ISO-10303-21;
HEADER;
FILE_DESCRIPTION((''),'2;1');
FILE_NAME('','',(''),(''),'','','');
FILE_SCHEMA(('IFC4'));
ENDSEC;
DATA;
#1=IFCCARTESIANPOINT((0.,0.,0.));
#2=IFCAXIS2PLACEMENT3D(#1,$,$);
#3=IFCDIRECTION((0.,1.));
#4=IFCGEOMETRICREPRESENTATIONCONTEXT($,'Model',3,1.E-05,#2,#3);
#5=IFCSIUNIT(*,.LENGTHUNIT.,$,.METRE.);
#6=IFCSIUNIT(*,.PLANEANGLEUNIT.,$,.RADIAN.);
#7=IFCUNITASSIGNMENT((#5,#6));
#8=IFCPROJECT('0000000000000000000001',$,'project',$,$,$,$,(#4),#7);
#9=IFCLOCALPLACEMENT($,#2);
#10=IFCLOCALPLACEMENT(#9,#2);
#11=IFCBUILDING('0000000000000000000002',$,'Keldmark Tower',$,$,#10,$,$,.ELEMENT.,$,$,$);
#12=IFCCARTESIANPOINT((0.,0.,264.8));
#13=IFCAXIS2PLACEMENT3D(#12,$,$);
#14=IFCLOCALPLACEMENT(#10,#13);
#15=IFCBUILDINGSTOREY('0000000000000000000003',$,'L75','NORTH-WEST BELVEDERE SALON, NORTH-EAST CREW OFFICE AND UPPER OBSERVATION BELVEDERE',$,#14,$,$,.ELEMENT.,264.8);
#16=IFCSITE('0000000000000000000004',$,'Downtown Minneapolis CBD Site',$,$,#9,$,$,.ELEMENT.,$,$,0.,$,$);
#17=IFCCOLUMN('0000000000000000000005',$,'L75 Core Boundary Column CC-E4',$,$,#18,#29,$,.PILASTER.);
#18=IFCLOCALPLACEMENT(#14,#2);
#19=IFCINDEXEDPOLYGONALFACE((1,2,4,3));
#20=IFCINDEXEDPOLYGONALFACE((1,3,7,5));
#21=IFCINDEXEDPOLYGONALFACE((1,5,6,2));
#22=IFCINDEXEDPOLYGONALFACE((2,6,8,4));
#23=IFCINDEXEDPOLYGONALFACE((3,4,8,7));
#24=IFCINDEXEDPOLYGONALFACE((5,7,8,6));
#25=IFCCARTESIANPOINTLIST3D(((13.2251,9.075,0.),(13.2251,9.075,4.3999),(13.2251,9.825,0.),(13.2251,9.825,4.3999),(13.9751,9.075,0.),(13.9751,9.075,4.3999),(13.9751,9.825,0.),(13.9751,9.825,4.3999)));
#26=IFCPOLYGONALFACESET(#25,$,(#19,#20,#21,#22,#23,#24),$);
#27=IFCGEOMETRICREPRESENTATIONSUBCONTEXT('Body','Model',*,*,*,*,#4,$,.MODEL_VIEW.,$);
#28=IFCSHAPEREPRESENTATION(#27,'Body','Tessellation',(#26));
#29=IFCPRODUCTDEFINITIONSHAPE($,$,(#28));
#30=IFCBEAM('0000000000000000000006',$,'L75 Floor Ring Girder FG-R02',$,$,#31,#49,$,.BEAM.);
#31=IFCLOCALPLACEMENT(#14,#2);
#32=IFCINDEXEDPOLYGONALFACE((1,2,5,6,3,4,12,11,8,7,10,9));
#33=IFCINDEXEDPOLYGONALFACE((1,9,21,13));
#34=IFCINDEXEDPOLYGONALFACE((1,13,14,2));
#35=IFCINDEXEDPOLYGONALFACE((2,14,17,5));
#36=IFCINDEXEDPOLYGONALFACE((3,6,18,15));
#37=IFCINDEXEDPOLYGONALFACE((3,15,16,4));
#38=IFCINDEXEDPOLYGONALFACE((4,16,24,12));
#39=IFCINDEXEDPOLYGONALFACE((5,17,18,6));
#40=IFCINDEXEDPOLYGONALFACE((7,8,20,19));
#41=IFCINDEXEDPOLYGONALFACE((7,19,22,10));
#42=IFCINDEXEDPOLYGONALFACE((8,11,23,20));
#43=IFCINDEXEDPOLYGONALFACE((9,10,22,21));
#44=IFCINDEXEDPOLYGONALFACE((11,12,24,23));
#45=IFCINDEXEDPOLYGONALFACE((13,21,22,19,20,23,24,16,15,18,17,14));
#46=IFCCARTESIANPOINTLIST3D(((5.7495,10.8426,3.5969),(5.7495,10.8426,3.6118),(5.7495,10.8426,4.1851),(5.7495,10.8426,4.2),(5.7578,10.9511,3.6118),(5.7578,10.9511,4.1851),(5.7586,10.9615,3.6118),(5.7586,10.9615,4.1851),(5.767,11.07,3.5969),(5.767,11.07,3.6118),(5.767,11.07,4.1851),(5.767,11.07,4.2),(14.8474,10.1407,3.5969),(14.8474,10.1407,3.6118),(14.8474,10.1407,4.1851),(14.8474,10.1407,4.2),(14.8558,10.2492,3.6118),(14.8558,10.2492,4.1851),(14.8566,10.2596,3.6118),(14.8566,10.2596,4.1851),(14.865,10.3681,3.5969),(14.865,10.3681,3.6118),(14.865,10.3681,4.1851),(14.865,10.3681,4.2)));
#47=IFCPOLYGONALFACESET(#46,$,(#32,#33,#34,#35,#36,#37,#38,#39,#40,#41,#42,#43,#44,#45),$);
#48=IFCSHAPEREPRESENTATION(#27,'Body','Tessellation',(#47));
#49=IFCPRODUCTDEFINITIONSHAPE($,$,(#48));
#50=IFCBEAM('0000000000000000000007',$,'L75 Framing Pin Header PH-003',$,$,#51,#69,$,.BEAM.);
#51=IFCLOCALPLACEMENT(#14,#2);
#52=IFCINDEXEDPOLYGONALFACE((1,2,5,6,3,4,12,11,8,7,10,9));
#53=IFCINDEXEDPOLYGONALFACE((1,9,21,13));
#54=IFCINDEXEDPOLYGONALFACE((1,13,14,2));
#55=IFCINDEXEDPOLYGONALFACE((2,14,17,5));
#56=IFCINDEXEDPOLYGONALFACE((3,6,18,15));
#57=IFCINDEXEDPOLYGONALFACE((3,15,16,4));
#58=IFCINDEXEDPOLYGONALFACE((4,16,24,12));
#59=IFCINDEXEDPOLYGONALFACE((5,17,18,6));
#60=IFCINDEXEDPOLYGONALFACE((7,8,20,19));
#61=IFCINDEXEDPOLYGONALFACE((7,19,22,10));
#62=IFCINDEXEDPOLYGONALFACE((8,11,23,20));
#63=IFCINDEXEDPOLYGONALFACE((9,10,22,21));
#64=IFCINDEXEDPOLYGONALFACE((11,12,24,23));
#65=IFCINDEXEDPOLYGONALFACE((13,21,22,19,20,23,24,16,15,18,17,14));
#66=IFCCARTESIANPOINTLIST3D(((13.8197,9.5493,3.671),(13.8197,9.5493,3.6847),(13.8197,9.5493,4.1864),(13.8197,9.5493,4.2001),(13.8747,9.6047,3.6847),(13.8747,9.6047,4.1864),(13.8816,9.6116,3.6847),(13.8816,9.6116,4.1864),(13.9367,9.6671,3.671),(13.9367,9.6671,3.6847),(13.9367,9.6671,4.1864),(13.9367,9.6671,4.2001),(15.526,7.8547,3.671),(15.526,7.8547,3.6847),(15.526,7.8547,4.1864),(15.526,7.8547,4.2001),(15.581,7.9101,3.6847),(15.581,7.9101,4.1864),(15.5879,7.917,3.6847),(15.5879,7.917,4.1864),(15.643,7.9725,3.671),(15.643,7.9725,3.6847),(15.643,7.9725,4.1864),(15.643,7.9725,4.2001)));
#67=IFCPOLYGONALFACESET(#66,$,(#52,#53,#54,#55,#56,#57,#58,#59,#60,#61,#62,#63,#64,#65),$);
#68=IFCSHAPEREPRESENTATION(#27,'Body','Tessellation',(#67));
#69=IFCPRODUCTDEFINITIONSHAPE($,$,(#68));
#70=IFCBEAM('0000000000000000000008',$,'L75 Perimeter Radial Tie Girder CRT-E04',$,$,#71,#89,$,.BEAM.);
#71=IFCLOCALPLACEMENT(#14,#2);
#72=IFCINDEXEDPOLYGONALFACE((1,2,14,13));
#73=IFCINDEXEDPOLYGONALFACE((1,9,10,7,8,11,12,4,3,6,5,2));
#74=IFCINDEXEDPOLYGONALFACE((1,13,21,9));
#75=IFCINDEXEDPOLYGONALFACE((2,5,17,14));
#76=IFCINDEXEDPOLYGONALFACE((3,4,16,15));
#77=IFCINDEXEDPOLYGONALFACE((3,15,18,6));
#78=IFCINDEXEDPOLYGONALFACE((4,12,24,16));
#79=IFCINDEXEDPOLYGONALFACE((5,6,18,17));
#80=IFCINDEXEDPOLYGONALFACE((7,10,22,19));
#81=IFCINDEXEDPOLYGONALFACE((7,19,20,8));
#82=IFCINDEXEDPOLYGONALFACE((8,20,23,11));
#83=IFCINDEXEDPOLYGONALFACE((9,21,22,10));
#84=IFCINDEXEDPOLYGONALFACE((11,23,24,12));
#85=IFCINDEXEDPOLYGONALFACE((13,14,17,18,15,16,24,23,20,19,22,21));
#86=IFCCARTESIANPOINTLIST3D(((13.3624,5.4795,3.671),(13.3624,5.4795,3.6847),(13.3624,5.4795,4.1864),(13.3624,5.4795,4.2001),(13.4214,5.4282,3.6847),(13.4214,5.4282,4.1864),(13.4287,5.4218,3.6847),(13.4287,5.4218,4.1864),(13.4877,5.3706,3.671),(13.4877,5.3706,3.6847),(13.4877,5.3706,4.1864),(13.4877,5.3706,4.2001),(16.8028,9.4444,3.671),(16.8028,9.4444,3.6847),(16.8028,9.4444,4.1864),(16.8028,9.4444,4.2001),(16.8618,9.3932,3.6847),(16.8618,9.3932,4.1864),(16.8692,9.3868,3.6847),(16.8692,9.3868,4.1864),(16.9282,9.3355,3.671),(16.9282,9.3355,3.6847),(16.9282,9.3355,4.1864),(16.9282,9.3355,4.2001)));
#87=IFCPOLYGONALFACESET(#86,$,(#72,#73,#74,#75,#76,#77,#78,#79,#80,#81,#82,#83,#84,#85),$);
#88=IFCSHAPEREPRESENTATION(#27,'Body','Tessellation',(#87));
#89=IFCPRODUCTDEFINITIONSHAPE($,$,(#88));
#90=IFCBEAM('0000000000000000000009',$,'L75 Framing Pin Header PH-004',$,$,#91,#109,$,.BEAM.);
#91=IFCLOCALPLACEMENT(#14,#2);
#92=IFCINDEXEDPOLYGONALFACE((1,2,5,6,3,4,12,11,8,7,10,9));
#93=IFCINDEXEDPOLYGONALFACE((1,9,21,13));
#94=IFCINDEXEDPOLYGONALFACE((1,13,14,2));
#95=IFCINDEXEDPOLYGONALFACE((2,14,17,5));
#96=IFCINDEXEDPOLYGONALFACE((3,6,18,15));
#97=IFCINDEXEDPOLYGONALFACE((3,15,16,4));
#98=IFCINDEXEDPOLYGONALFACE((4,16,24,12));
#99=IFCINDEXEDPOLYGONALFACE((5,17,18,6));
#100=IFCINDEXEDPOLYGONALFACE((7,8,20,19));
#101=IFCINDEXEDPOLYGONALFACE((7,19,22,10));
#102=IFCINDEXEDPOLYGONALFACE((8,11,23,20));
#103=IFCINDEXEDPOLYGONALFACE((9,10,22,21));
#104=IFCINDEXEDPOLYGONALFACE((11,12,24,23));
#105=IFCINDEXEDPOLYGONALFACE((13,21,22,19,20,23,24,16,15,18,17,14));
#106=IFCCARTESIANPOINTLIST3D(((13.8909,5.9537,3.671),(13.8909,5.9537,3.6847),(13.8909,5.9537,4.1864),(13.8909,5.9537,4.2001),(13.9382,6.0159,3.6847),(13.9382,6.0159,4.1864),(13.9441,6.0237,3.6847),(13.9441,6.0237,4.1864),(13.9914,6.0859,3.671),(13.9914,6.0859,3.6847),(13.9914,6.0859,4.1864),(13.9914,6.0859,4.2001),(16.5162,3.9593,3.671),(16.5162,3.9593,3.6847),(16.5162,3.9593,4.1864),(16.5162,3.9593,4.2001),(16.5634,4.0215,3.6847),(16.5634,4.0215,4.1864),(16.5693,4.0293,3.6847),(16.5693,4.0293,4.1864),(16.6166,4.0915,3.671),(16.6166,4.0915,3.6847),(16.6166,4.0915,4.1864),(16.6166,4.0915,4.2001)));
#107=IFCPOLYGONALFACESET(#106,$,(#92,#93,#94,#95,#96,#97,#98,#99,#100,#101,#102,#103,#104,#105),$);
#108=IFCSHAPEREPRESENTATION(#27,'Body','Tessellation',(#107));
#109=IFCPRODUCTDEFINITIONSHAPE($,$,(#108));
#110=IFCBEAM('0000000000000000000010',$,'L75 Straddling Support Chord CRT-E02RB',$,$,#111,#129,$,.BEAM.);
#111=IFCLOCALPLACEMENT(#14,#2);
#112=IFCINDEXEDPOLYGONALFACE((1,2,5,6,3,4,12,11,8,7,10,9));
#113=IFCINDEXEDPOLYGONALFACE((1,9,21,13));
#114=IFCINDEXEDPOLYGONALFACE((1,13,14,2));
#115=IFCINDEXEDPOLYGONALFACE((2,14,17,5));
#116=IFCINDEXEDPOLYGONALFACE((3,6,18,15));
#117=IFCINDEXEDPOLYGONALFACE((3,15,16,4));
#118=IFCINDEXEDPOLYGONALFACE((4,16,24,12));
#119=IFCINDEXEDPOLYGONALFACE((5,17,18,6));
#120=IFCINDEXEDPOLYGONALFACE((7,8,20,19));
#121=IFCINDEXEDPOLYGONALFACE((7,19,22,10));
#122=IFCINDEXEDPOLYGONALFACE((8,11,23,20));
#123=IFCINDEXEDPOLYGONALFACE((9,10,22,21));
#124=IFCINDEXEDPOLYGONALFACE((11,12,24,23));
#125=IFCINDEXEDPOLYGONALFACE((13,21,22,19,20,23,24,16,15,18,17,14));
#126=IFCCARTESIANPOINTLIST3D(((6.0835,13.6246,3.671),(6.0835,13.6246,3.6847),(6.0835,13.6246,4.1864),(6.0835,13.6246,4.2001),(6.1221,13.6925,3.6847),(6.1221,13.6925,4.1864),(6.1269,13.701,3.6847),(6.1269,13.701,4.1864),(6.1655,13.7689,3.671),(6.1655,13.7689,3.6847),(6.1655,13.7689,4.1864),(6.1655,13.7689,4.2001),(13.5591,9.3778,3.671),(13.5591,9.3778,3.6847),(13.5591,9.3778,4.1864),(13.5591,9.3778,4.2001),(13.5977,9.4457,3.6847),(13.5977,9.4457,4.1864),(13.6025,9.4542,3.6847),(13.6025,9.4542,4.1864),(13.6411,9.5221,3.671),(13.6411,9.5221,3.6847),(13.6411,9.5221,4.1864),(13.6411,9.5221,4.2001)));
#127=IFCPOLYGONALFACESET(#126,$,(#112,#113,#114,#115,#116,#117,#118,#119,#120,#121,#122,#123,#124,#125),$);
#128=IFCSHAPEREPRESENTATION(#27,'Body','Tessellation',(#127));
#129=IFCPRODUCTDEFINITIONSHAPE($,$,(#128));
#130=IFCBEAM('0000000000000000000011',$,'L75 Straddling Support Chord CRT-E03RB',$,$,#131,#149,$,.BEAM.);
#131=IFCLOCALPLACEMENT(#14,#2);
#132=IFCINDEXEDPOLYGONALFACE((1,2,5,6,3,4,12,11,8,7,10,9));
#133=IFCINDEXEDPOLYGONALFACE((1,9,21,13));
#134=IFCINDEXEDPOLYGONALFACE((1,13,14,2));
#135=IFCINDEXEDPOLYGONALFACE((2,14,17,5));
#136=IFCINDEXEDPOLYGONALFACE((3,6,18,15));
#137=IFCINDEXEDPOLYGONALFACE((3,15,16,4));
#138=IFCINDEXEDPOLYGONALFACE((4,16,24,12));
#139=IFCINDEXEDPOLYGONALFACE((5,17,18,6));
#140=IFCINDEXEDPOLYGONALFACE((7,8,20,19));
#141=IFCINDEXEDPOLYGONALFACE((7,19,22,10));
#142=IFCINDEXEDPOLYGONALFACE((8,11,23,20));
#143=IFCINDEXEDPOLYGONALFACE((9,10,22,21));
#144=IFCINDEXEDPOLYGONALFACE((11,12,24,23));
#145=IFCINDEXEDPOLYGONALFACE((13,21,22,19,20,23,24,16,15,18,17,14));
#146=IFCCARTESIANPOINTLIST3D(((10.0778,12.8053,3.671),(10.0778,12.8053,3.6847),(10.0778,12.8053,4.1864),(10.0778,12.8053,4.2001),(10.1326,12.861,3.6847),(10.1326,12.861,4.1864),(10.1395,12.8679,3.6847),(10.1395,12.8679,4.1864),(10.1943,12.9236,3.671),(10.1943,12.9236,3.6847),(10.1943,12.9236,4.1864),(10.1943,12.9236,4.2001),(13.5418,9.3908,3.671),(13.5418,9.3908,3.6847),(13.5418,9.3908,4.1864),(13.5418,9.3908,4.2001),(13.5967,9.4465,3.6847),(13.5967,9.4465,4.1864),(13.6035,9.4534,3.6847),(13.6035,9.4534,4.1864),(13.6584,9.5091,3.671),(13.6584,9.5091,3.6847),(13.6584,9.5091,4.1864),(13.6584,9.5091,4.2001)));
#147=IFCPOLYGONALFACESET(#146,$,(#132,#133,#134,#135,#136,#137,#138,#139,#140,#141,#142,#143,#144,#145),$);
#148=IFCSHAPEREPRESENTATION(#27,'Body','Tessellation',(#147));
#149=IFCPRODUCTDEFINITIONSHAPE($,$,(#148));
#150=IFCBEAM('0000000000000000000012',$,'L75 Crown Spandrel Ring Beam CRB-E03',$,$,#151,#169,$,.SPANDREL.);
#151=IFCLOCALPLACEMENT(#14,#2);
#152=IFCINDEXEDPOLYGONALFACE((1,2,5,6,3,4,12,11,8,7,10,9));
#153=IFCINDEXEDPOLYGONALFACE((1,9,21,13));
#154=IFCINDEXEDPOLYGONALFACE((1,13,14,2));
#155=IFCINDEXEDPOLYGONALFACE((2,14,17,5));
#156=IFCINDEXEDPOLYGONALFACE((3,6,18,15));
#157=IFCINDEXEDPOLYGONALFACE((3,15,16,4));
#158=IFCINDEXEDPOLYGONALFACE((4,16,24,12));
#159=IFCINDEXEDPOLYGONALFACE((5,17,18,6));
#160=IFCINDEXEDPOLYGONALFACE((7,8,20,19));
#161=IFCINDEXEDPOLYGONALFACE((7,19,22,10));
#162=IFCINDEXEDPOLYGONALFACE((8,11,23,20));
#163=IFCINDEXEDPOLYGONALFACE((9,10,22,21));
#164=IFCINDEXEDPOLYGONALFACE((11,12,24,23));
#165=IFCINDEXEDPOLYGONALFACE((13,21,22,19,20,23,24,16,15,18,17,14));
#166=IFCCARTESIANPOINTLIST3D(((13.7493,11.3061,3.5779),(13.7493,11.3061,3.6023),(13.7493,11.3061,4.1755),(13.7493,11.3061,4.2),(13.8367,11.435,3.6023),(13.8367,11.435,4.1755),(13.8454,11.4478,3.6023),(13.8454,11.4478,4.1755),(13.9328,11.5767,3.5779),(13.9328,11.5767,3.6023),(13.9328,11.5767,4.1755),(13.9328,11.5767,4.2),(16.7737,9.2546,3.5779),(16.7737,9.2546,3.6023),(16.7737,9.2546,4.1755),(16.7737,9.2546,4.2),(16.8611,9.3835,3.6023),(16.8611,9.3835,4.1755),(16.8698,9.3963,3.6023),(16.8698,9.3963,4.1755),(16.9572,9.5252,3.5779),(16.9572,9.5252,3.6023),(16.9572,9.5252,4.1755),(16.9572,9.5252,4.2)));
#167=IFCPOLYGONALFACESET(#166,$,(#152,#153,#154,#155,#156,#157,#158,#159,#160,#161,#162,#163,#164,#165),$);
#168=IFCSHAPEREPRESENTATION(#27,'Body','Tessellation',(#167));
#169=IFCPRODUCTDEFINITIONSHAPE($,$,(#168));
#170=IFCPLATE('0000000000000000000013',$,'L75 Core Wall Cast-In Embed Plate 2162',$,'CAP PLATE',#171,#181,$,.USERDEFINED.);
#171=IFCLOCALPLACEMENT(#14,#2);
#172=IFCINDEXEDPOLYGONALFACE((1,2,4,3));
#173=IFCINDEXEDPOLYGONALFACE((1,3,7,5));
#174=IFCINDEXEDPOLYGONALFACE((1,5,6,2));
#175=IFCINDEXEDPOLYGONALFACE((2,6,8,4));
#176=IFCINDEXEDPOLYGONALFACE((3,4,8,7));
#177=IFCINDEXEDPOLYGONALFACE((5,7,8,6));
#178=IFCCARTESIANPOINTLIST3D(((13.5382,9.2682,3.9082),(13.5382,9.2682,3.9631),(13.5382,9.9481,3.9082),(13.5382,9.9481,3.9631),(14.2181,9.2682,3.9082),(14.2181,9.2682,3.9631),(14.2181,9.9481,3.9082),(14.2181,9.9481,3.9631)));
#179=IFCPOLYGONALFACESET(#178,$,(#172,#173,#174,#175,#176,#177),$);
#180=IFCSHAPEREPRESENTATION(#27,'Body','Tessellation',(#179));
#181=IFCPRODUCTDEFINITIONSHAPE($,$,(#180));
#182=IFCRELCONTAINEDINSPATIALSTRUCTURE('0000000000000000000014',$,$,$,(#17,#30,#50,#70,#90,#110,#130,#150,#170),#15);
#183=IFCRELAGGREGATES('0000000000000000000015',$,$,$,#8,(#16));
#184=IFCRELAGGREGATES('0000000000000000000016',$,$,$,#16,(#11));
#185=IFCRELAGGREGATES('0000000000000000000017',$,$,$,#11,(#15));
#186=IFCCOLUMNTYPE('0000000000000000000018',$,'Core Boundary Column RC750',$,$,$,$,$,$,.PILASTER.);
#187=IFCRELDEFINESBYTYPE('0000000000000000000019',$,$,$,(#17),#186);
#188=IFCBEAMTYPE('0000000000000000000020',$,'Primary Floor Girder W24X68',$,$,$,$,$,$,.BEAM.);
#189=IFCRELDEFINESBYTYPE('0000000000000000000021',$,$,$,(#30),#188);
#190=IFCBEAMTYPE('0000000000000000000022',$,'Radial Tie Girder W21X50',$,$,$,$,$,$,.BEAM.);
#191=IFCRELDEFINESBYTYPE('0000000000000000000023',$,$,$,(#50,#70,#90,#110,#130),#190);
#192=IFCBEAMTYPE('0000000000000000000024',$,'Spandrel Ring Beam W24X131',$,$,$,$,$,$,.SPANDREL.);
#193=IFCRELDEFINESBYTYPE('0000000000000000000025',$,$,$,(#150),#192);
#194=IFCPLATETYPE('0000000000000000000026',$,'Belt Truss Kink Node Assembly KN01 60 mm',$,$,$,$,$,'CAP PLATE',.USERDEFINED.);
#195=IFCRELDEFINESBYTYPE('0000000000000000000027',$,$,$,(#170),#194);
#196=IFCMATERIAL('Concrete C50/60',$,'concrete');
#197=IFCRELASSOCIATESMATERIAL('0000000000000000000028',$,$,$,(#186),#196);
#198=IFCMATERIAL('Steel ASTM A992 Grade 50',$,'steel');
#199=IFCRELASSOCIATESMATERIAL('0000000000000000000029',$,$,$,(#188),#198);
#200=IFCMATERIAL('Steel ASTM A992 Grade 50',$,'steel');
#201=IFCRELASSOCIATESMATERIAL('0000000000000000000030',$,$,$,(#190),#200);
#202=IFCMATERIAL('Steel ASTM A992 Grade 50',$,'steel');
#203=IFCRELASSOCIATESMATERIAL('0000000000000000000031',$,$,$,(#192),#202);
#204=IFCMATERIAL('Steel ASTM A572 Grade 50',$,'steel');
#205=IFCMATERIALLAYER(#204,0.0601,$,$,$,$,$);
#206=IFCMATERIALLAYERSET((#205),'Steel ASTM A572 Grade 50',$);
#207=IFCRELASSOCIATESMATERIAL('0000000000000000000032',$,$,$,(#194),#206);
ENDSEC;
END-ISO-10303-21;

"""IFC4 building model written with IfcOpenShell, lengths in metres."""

from ifc_helpers import new_model, si_unit, direction, frame, origin, origin_2d, place, context, subcontext, project, spatial, rectangle, i_section, extrude, material, layer, layer_set, material_profile, profile_set, type_object, element, save


model = new_model("IFC4")

# Units and contexts
model_context = context("Model", 3, precision=1e-05, world=origin(), true_north=direction((0.0, 1.0)))
body_context = subcontext(model_context, "Body", "Model", "MODEL_VIEW")
ifc_project = project(units=[si_unit("LENGTHUNIT", "METRE"), si_unit("PLANEANGLEUNIT", "RADIAN")], contexts=[model_context])

# Site, building, storey
site_placement = place(None, origin())
site = spatial("IfcSite", under=ifc_project, at=site_placement, Name="Downtown Minneapolis CBD Site", CompositionType="ELEMENT", RefElevation=0.0)
building_placement = place(site_placement, origin())
building = spatial("IfcBuilding", under=site, at=building_placement, Name="Keldmark Tower", CompositionType="ELEMENT")
storey_placement = place(building_placement, frame((0.0, 0.0, 264.8)))
storey = spatial("IfcBuildingStorey", under=building, at=storey_placement, Name="L75", Description="NORTH-WEST BELVEDERE SALON, NORTH-EAST CREW OFFICE AND UPPER OBSERVATION BELVEDERE", CompositionType="ELEMENT", Elevation=264.8)

# Column
ifc_material_1 = material(Name="Concrete C50/60", Category="concrete")
ifc_material_profile_1 = material_profile(ifc_material_1, rectangle(XDim=0.75, YDim=0.75, at=origin_2d()), Name="RC750X750")
ifc_profile_set_1 = profile_set([ifc_material_profile_1], Name="Concrete C50/60")
column_type = type_object("IfcColumnType", Name="Core Boundary Column RC750", PredefinedType="PILASTER", material=ifc_profile_set_1)
column_placement = place(storey_placement, frame((13.6001, 9.45, 0.0), z_axis=(0.0, 0.0, 1.0), x_axis=(1.0, 0.0, 0.0)))
element("IfcColumn", 1, at=column_placement, inside=storey, type_object=column_type, Name="L75 Core Boundary Column CC-E4", PredefinedType="PILASTER", context=body_context, shape_type="SweptSolid", body=[
    extrude(rectangle(XDim=0.75, YDim=0.75, at=origin_2d()), origin(), (0.0, 0.0, 1.0), 4.3999),
])

# Beams
ifc_material_2 = material(Name="Steel ASTM A992 Grade 50", Category="steel")
ifc_material_profile_2 = material_profile(ifc_material_2, i_section(OverallWidth=0.228, OverallDepth=0.603, WebThickness=0.0105, FlangeThickness=0.0149, at=origin_2d()), Name="W24X68")
ifc_profile_set_2 = profile_set([ifc_material_profile_2], Name="Steel ASTM A992 Grade 50")
beam_type_1 = type_object("IfcBeamType", Name="Primary Floor Girder W24X68", PredefinedType="BEAM", material=ifc_profile_set_2)
beam_1_placement = place(storey_placement, frame((14.8562, 10.2544, 3.8984), z_axis=(-0.997037, 0.076922, 0.0), x_axis=(-0.076922, -0.997037, 0.0)))
element("IfcBeam", 2, at=beam_1_placement, inside=storey, type_object=beam_type_1, Name="L75 Floor Ring Girder FG-R02", PredefinedType="BEAM", context=body_context, shape_type="SweptSolid", body=[
    extrude(i_section(OverallWidth=0.228, OverallDepth=0.603, WebThickness=0.0105, FlangeThickness=0.0149, at=origin_2d()), origin(), (0.0, 0.0, 1.0), 9.125),
])
ifc_material_3 = material(Name="Steel ASTM A992 Grade 50", Category="steel")
ifc_material_profile_3 = material_profile(ifc_material_3, i_section(OverallWidth=0.166, OverallDepth=0.5291, WebThickness=0.0098, FlangeThickness=0.0137, at=origin_2d()), Name="W21X50")
ifc_profile_set_3 = profile_set([ifc_material_profile_3], Name="Steel ASTM A992 Grade 50")
beam_type_2 = type_object("IfcBeamType", Name="Radial Tie Girder W21X50", PredefinedType="BEAM", material=ifc_profile_set_3)
beam_2_placement = place(storey_placement, frame((13.8782, 9.6082, 3.9355), z_axis=(0.709539, -0.704666, 0.0), x_axis=(0.704666, 0.709539, 0.0)))
element("IfcBeam", 3, at=beam_2_placement, inside=storey, type_object=beam_type_2, Name="L75 Framing Pin Header PH-003", PredefinedType="BEAM", context=body_context, shape_type="SweptSolid", body=[
    extrude(i_section(OverallWidth=0.166, OverallDepth=0.5291, WebThickness=0.0098, FlangeThickness=0.0137, at=origin_2d()), origin(), (0.0, 0.0, 1.0), 2.4048),
])
beam_3_placement = place(storey_placement, frame((13.425, 5.425, 3.9355), z_axis=(0.655391, 0.75529, 0.0), x_axis=(-0.75529, 0.655391, 0.0)))
element("IfcBeam", 4, at=beam_3_placement, inside=storey, type_object=beam_type_2, Name="L75 Perimeter Radial Tie Girder CRT-E04", PredefinedType="BEAM", context=body_context, shape_type="SweptSolid", body=[
    extrude(i_section(OverallWidth=0.166, OverallDepth=0.5291, WebThickness=0.0098, FlangeThickness=0.0137, at=origin_2d()), origin(), (0.0, 0.0, 1.0), 5.2495),
])
beam_4_placement = place(storey_placement, frame((13.9412, 6.0198, 3.9355), z_axis=(0.796279, -0.604929, 0.0), x_axis=(0.604929, 0.796279, 0.0)))
element("IfcBeam", 5, at=beam_4_placement, inside=storey, type_object=beam_type_2, Name="L75 Framing Pin Header PH-004", PredefinedType="BEAM", context=body_context, shape_type="SweptSolid", body=[
    extrude(i_section(OverallWidth=0.166, OverallDepth=0.5291, WebThickness=0.0098, FlangeThickness=0.0137, at=origin_2d()), origin(), (0.0, 0.0, 1.0), 3.2969),
])
beam_5_placement = place(storey_placement, frame((13.6001, 9.45, 3.9355), z_axis=(-0.86949, 0.493951, 0.0), x_axis=(-0.493951, -0.86949, 0.0)))
element("IfcBeam", 6, at=beam_5_placement, inside=storey, type_object=beam_type_2, Name="L75 Straddling Support Chord CRT-E02RB", PredefinedType="BEAM", context=body_context, shape_type="SweptSolid", body=[
    extrude(i_section(OverallWidth=0.166, OverallDepth=0.5291, WebThickness=0.0098, FlangeThickness=0.0137, at=origin_2d()), origin(), (0.0, 0.0, 1.0), 8.5977),
])
beam_6_placement = place(storey_placement, frame((13.6001, 9.45, 3.9355), z_axis=(-0.712183, 0.701994, 0.0), x_axis=(-0.701994, -0.712183, 0.0)))
element("IfcBeam", 7, at=beam_6_placement, inside=storey, type_object=beam_type_2, Name="L75 Straddling Support Chord CRT-E03RB", PredefinedType="BEAM", context=body_context, shape_type="SweptSolid", body=[
    extrude(i_section(OverallWidth=0.166, OverallDepth=0.5291, WebThickness=0.0098, FlangeThickness=0.0137, at=origin_2d()), origin(), (0.0, 0.0, 1.0), 4.864),
])
ifc_material_4 = material(Name="Steel ASTM A992 Grade 50", Category="steel")
ifc_material_profile_4 = material_profile(ifc_material_4, i_section(OverallWidth=0.3269, OverallDepth=0.6221, WebThickness=0.0154, FlangeThickness=0.0244, at=origin_2d()), Name="W24X131")
ifc_profile_set_4 = profile_set([ifc_material_profile_4], Name="Steel ASTM A992 Grade 50")
beam_type_3 = type_object("IfcBeamType", Name="Spandrel Ring Beam W24X131", PredefinedType="SPANDREL", material=ifc_profile_set_4)
beam_7_placement = place(storey_placement, frame((13.8411, 11.4414, 3.8889), z_axis=(0.827573, -0.561358, 0.0), x_axis=(0.561358, 0.827573, 0.0)))
element("IfcBeam", 8, at=beam_7_placement, inside=storey, type_object=beam_type_3, Name="L75 Crown Spandrel Ring Beam CRB-E03", PredefinedType="SPANDREL", context=body_context, shape_type="SweptSolid", body=[
    extrude(i_section(OverallWidth=0.3269, OverallDepth=0.6221, WebThickness=0.0154, FlangeThickness=0.0244, at=origin_2d()), origin(), (0.0, 0.0, 1.0), 3.6545),
])

# Plate
ifc_material_5 = material(Name="Steel ASTM A572 Grade 50", Category="steel")
ifc_layer_1 = layer(ifc_material_5, 0.0601)
ifc_layer_set_1 = layer_set([ifc_layer_1], Name="Steel ASTM A572 Grade 50")
plate_type_1 = type_object("IfcPlateType", Name="Belt Truss Kink Node Assembly KN01 60 mm", ElementType="CAP PLATE", PredefinedType="USERDEFINED", material=ifc_layer_set_1)
for number, where, z_axis, x_axis, name in (
    (9, (13.8782, 9.6082, 3.9082), (0.0, 0.0, 1.0), (1.0, 0.0, 0.0), "L75 Core Wall Cast-In Embed Plate 2162"),
):
    element("IfcPlate", number, at=place(storey_placement, frame(where, z_axis=z_axis, x_axis=x_axis)), inside=storey, type_object=plate_type_1, Name=name, ObjectType="CAP PLATE", PredefinedType="USERDEFINED", context=body_context, shape_type="SweptSolid", body=[
        extrude(rectangle(XDim=0.6799, YDim=0.6799, at=origin_2d()), origin(), (0.0, 0.0, 1.0), 0.0549),
    ])

save(model, "model.ifc")
